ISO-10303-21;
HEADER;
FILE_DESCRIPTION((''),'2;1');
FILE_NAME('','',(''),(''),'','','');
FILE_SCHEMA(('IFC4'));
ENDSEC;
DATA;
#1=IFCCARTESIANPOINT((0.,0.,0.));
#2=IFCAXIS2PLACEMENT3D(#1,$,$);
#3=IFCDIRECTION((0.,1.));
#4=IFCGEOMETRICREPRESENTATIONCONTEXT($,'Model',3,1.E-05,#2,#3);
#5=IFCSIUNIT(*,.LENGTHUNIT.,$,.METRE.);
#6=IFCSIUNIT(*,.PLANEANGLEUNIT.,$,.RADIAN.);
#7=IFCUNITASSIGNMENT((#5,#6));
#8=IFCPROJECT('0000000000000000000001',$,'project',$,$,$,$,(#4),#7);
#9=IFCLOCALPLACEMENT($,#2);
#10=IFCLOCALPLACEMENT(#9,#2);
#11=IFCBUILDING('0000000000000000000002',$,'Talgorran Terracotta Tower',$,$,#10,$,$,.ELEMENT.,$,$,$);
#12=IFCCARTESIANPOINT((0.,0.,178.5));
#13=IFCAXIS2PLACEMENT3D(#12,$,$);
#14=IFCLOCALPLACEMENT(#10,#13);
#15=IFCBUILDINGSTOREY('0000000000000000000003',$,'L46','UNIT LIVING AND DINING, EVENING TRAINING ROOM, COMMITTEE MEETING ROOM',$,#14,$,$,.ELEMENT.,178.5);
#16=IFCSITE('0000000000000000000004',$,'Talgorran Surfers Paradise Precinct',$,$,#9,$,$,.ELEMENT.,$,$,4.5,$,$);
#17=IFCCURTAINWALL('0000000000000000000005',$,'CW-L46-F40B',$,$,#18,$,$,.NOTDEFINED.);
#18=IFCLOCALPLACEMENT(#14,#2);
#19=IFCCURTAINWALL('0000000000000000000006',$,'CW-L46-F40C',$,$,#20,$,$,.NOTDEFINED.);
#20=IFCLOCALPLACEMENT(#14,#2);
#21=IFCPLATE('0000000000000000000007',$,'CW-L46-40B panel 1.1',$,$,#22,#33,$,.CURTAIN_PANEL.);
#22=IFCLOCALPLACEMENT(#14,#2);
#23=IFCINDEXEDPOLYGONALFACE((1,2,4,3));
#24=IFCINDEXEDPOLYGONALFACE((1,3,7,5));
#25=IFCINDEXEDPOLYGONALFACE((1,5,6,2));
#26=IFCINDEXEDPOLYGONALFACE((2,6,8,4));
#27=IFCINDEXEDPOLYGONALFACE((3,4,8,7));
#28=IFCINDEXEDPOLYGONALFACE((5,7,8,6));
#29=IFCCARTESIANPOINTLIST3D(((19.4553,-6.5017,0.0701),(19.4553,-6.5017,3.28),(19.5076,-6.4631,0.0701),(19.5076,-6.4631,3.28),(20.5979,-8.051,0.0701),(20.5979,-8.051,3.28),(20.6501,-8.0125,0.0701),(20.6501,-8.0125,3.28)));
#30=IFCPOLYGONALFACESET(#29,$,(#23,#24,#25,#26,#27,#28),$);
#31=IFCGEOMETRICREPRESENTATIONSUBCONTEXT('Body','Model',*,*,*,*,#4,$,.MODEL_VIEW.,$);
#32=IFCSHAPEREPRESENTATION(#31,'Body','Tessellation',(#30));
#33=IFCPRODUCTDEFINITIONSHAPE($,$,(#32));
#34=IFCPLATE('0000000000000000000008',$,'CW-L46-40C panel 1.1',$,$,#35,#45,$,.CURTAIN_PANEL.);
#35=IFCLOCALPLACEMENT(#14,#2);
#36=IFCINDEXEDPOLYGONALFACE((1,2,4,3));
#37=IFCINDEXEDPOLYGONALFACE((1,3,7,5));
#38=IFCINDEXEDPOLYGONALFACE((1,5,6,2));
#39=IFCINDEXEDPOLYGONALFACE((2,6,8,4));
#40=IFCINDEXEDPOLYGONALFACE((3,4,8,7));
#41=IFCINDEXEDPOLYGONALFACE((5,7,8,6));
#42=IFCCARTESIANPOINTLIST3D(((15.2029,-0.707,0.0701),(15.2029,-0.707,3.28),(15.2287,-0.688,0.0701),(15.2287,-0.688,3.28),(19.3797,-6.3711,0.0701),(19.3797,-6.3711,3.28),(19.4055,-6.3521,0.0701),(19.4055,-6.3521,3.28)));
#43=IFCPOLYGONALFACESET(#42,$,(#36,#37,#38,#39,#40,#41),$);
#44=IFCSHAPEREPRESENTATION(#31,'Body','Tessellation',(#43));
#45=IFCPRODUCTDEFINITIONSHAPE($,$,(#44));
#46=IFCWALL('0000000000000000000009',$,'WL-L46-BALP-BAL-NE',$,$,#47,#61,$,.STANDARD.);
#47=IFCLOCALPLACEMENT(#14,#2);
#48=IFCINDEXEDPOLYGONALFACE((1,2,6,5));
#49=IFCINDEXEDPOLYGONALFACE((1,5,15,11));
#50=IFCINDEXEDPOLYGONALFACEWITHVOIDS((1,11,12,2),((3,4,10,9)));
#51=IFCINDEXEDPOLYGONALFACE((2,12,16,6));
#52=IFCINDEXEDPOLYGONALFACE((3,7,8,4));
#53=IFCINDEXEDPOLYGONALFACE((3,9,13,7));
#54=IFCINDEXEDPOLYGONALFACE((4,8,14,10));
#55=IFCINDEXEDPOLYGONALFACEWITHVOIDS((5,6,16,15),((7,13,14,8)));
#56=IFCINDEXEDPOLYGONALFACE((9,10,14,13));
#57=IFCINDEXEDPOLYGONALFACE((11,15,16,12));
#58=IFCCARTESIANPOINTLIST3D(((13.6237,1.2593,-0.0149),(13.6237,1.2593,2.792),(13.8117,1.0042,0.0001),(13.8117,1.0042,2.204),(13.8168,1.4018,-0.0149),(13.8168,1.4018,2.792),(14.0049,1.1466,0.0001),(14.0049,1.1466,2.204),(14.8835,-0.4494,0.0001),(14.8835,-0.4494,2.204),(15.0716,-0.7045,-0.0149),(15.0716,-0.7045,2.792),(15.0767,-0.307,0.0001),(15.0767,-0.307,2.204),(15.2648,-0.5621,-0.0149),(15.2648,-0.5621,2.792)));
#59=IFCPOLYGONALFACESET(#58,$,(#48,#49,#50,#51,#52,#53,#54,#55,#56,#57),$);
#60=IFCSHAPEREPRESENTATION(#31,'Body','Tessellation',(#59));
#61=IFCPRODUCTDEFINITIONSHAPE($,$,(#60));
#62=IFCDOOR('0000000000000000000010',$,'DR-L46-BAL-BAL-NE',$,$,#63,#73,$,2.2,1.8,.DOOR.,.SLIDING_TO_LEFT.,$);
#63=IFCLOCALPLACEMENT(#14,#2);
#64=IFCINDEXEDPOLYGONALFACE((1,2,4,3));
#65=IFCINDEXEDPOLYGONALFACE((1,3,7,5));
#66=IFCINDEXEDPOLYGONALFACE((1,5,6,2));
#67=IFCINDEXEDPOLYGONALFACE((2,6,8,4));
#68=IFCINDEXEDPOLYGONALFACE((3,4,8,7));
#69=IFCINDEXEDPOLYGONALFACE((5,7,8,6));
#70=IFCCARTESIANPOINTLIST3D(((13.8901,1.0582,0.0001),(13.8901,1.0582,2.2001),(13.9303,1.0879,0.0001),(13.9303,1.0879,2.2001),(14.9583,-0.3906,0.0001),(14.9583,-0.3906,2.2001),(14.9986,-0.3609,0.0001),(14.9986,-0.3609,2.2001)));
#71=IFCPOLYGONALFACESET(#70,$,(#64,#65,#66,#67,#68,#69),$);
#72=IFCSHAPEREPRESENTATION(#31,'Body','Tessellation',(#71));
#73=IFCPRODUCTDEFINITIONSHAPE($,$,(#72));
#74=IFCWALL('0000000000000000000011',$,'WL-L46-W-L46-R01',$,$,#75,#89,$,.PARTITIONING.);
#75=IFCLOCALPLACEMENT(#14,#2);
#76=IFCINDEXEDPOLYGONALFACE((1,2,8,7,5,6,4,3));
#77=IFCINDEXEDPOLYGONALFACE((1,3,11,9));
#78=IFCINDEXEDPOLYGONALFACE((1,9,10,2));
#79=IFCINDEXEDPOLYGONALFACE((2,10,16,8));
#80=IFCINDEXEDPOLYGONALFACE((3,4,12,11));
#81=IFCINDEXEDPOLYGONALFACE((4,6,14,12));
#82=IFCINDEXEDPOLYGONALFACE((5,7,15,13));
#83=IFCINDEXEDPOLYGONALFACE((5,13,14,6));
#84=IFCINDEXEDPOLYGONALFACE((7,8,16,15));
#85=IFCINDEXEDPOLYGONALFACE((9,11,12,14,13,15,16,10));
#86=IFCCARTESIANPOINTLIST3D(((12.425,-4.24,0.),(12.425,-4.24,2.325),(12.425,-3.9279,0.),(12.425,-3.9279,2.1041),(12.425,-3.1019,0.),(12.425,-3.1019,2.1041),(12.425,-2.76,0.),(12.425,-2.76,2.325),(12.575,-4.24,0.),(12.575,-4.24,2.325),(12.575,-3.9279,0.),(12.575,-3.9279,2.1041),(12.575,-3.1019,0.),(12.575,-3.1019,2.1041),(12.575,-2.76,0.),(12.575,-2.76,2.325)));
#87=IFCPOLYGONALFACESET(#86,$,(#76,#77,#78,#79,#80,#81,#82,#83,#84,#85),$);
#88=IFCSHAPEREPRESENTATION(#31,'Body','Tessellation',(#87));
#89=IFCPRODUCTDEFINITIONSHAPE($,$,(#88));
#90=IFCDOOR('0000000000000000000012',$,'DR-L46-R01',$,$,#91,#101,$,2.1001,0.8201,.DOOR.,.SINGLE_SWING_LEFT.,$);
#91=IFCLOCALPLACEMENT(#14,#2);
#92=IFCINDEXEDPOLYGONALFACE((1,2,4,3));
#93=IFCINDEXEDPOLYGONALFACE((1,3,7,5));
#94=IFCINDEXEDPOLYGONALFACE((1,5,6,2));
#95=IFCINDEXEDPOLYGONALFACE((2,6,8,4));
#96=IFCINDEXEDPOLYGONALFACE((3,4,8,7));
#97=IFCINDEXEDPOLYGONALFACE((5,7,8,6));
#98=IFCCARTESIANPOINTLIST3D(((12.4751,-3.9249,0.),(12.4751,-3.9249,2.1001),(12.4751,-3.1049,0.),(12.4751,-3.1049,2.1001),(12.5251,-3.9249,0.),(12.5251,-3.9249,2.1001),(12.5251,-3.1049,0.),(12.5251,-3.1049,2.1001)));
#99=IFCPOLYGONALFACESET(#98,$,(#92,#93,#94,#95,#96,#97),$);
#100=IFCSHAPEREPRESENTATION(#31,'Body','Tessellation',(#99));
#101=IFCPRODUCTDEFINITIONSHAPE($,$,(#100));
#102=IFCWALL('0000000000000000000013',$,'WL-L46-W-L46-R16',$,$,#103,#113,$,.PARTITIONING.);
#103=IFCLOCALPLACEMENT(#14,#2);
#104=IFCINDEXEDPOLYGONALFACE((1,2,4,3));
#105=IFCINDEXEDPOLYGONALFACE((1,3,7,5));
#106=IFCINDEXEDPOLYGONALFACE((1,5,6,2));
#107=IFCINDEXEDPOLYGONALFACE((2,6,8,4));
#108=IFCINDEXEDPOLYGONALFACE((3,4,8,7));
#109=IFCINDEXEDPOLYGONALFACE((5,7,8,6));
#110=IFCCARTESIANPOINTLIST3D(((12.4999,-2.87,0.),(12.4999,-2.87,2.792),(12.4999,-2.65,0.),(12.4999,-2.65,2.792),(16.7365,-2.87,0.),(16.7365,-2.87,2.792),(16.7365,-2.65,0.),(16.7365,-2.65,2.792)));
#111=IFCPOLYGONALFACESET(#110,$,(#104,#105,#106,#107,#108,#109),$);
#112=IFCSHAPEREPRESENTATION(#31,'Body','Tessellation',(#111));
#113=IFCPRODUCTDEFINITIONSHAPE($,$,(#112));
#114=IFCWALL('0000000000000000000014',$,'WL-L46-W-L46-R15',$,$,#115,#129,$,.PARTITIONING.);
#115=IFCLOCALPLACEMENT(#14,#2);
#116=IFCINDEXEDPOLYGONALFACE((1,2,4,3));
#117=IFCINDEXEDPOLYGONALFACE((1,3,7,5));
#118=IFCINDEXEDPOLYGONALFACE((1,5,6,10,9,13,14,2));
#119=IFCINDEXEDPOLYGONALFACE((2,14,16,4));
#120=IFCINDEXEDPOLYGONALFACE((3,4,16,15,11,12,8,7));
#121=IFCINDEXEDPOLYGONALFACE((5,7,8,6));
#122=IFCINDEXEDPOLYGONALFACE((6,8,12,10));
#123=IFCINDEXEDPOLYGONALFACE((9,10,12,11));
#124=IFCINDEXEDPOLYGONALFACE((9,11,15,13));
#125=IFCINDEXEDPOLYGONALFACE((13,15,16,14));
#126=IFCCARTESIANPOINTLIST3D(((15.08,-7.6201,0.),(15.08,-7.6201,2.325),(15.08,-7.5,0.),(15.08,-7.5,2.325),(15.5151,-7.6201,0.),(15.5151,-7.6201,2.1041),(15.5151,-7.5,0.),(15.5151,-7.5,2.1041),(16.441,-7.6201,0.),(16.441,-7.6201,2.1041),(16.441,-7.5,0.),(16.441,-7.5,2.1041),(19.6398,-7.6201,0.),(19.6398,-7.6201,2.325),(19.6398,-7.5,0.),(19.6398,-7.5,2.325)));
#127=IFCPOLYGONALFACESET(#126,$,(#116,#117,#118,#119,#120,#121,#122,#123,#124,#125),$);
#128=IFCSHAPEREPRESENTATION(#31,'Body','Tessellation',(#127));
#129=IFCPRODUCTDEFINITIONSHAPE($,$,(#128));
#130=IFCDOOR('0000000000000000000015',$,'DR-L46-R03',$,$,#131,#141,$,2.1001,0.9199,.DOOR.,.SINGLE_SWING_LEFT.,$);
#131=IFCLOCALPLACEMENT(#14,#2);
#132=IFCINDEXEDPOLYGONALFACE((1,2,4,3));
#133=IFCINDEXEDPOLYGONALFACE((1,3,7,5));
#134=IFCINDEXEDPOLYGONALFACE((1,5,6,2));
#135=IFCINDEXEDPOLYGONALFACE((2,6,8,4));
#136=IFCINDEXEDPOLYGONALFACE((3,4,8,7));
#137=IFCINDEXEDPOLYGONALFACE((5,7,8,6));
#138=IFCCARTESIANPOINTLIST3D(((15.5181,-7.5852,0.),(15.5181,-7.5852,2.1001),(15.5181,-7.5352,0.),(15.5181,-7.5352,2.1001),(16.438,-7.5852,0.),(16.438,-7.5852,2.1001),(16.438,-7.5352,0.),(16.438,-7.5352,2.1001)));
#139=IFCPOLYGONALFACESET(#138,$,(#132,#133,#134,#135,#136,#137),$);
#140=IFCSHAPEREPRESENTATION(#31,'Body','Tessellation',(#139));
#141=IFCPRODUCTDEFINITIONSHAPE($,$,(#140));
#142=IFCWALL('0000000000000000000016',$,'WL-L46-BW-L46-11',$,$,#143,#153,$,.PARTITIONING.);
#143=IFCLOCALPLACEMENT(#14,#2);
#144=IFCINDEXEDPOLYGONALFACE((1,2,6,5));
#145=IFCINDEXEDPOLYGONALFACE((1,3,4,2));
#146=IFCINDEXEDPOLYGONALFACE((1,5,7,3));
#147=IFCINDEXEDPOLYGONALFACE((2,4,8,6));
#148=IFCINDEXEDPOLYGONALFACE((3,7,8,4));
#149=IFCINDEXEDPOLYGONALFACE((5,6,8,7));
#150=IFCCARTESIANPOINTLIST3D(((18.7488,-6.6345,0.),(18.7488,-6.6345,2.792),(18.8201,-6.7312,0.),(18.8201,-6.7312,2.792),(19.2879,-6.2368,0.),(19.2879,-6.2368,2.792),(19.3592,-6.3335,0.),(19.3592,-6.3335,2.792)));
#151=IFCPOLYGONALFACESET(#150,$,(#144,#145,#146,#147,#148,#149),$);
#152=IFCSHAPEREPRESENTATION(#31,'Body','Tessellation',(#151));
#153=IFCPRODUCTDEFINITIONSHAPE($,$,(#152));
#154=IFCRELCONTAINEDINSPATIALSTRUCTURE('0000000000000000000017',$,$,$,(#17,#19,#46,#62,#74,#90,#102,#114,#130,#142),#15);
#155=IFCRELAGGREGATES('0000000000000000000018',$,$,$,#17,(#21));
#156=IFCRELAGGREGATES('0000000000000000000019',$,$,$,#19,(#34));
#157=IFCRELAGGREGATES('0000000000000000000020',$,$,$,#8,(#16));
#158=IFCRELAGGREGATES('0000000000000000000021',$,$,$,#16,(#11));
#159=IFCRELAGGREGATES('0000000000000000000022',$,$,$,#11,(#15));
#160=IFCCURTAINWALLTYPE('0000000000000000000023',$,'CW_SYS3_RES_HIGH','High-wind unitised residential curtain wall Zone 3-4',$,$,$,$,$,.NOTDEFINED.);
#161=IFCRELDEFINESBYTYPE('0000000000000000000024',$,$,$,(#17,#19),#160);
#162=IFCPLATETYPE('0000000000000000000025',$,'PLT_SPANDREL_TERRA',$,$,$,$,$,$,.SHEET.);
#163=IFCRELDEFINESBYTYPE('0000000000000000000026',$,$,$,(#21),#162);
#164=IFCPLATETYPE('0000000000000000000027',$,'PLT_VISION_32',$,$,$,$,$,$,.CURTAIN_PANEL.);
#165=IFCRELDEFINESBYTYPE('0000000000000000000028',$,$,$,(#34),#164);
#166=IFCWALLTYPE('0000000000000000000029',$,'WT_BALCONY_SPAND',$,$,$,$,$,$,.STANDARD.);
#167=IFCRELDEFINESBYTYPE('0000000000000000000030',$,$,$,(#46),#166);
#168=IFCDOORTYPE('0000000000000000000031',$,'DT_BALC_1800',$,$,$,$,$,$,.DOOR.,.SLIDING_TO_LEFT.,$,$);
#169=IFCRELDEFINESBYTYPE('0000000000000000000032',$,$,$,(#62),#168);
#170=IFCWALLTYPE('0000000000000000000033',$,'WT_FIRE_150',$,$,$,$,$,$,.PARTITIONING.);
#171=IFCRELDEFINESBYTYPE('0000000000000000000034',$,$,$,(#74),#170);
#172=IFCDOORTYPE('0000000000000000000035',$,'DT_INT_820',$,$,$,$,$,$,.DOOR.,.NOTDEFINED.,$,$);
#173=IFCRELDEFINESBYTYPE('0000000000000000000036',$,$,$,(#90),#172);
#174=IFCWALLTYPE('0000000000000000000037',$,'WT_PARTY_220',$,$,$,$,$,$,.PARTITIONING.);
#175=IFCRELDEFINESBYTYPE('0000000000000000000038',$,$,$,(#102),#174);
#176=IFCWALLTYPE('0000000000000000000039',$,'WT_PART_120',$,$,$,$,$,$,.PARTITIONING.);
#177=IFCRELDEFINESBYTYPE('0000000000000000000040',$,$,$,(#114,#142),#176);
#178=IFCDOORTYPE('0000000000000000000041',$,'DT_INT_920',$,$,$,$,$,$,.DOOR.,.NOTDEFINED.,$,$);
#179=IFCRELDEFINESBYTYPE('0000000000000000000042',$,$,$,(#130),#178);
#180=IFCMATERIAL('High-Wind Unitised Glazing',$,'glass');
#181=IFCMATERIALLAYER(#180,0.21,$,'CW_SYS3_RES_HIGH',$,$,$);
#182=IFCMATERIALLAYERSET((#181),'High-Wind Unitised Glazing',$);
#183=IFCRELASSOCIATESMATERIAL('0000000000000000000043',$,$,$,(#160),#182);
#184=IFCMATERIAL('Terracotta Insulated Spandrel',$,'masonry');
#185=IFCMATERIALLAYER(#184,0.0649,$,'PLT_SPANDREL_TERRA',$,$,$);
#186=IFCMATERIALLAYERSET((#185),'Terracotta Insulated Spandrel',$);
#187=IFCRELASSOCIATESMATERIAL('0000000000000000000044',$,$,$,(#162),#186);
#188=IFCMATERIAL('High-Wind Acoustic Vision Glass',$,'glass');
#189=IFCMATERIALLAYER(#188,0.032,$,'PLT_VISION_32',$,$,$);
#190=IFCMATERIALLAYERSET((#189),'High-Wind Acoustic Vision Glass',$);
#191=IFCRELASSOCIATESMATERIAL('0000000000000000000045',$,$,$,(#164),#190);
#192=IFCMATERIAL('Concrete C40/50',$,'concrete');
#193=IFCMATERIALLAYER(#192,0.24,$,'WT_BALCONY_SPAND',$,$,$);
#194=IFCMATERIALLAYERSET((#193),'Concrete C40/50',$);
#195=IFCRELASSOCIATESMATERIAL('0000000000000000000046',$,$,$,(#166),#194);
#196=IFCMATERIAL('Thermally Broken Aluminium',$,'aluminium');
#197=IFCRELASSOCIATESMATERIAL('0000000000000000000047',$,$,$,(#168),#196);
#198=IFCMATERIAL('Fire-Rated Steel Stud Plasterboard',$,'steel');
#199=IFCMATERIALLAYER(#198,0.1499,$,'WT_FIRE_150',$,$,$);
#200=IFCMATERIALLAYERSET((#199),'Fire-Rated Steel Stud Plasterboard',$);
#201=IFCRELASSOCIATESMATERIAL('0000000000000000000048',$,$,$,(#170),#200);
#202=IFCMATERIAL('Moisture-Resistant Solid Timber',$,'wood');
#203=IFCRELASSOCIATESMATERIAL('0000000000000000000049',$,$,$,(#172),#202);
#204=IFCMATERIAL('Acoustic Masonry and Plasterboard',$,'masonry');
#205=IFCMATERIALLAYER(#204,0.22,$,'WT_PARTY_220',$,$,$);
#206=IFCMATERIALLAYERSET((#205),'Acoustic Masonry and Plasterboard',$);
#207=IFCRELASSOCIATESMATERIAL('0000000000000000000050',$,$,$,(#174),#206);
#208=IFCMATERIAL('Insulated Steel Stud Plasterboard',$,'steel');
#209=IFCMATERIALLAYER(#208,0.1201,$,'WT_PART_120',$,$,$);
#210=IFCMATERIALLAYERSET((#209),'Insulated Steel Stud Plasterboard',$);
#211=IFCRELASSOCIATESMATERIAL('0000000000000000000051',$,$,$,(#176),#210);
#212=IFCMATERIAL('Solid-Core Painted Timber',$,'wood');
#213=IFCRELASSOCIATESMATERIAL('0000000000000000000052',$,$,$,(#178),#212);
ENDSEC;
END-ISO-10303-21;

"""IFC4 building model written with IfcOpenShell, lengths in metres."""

from ifc_helpers import new_model, si_unit, direction, frame, frame_2d, origin, origin_2d, place, context, subcontext, project, spatial, rectangle, extrude, source, transform, mapped, material, layer, layer_set, type_object, type_shapes, element, fill, aggregate, save


model = new_model("IFC4")

# Units and contexts
model_context = context("Model", 3, precision=1e-05, world=origin(), true_north=direction((0.0, 1.0)))
body_context = subcontext(model_context, "Body", "Model", "MODEL_VIEW")
ifc_project = project(units=[si_unit("LENGTHUNIT", "METRE"), si_unit("PLANEANGLEUNIT", "RADIAN")], contexts=[model_context])

# Site, building, storey
site_placement = place(None, origin())
site = spatial("IfcSite", under=ifc_project, at=site_placement, Name="Talgorran Surfers Paradise Precinct", CompositionType="ELEMENT", RefElevation=4.5)
building_placement = place(site_placement, origin())
building = spatial("IfcBuilding", under=site, at=building_placement, Name="Talgorran Terracotta Tower", CompositionType="ELEMENT")
storey_placement = place(building_placement, frame((0.0, 0.0, 178.5)))
storey = spatial("IfcBuildingStorey", under=building, at=storey_placement, Name="L46", Description="UNIT LIVING AND DINING, EVENING TRAINING ROOM, COMMITTEE MEETING ROOM", CompositionType="ELEMENT", Elevation=178.5)

# Curtain wall
ifc_material_1 = material(Name="High-Wind Unitised Glazing", Category="glass")
ifc_layer_1 = layer(ifc_material_1, 0.21, Name="CW_SYS3_RES_HIGH")
ifc_layer_set_1 = layer_set([ifc_layer_1], Name="High-Wind Unitised Glazing")
curtain_wall_type = type_object("IfcCurtainWallType", Name="CW_SYS3_RES_HIGH", Description="High-wind unitised residential curtain wall Zone 3-4", PredefinedType="NOTDEFINED", material=ifc_layer_set_1)
curtain_wall_1_placement = place(storey_placement, origin())
curtain_wall_1 = element("IfcCurtainWall", 1, at=curtain_wall_1_placement, inside=storey, type_object=curtain_wall_type, Name="CW-L46-F40B", PredefinedType="NOTDEFINED")

# Curtain wall
curtain_wall_2_placement = place(storey_placement, origin())
curtain_wall_2 = element("IfcCurtainWall", 2, at=curtain_wall_2_placement, inside=storey, type_object=curtain_wall_type, Name="CW-L46-F40C", PredefinedType="NOTDEFINED")

# Plates
ifc_material_2 = material(Name="Terracotta Insulated Spandrel", Category="masonry")
ifc_layer_2 = layer(ifc_material_2, 0.0649, Name="PLT_SPANDREL_TERRA")
ifc_layer_set_2 = layer_set([ifc_layer_2], Name="Terracotta Insulated Spandrel")
plate_type_1 = type_object("IfcPlateType", Name="PLT_SPANDREL_TERRA", PredefinedType="SHEET", material=ifc_layer_set_2)
shared_shape_1 = source(origin(), body_context, "Body", "SweptSolid", [
    extrude(rectangle(XDim=1.925, YDim=0.0649, at=origin_2d()), origin(), (0.0, 0.0, 1.0), 3.21),
])
type_shapes(plate_type_1, [shared_shape_1])
plate_1_placement = place(storey_placement, frame((20.0527, -7.2571, 0.0701), z_axis=(0.0, 0.0, 1.0), x_axis=(-0.593511, 0.804826, 0.0)))
plate_1 = element("IfcPlate", 3, at=plate_1_placement, type_object=plate_type_1, Name="CW-L46-40B panel 1.1", PredefinedType="CURTAIN_PANEL", context=body_context, shape_type="MappedRepresentation", body=[
    mapped(shared_shape_1, transform((0.0, 0.0, 0.0), scale=1.0)),
])
aggregate(curtain_wall_1, [plate_1])
ifc_material_3 = material(Name="High-Wind Acoustic Vision Glass", Category="glass")
ifc_layer_3 = layer(ifc_material_3, 0.032, Name="PLT_VISION_32")
ifc_layer_set_3 = layer_set([ifc_layer_3], Name="High-Wind Acoustic Vision Glass")
plate_type_2 = type_object("IfcPlateType", Name="PLT_VISION_32", PredefinedType="CURTAIN_PANEL", material=ifc_layer_set_3)
shared_shape_2 = source(origin(), body_context, "Body", "SweptSolid", [
    extrude(rectangle(XDim=7.0376, YDim=0.032, at=origin_2d()), origin(), (0.0, 0.0, 1.0), 3.21),
])
type_shapes(plate_type_2, [shared_shape_2])
plate_2_placement = place(storey_placement, frame((17.3042, -3.5295, 0.0701), z_axis=(0.0, 0.0, 1.0), x_axis=(-0.593496, 0.804837, 0.0)))
plate_2 = element("IfcPlate", 4, at=plate_2_placement, type_object=plate_type_2, Name="CW-L46-40C panel 1.1", PredefinedType="CURTAIN_PANEL", context=body_context, shape_type="MappedRepresentation", body=[
    mapped(shared_shape_2, transform((0.0, 0.0, 0.0), scale=1.0)),
])
aggregate(curtain_wall_2, [plate_2])

# Walls, openings, doors
ifc_material_4 = material(Name="Concrete C40/50", Category="concrete")
ifc_layer_4 = layer(ifc_material_4, 0.24, Name="WT_BALCONY_SPAND")
ifc_layer_set_4 = layer_set([ifc_layer_4], Name="Concrete C40/50")
wall_type_1 = type_object("IfcWallType", Name="WT_BALCONY_SPAND", PredefinedType="STANDARD", material=ifc_layer_set_4)
wall_1_placement = place(storey_placement, frame((15.1682, -0.6333, -0.0149), z_axis=(0.0, 0.0, 1.0), x_axis=(-0.593448, 0.804872, 0.0)))
wall_1 = element("IfcWall", 5, at=wall_1_placement, inside=storey, type_object=wall_type_1, Name="WL-L46-BALP-BAL-NE", PredefinedType="STANDARD", context=body_context, shape_type="SweptSolid", body=[
    extrude(rectangle(XDim=2.4399, YDim=0.24, at=frame_2d((1.22, 0.0))), origin(), (0.0, 0.0, 1.0), 2.8069),
])
opening_1_placement = place(wall_1_placement, frame((0.3201, 0.0, 0.0149)))
opening_1 = element("IfcOpeningElement", 6, at=opening_1_placement, cuts=wall_1, PredefinedType="OPENING", context=body_context, shape_type="SweptSolid", body=[
    extrude(rectangle(XDim=1.806, YDim=2.204, at=frame_2d((0.8999, 1.1021))), frame((0.0, 0.1299, 0.0), z_axis=(0.0, -1.0, 0.0), x_axis=(1.0, 0.0, 0.0)), (0.0, 0.0, 1.0), 0.26),
])
ifc_material_5 = material(Name="Thermally Broken Aluminium", Category="aluminium")
door_type_1 = type_object("IfcDoorType", Name="DT_BALC_1800", OperationType="SLIDING_TO_LEFT", PredefinedType="DOOR", material=ifc_material_5)
door_1_placement = place(opening_1_placement, origin())
door_1 = element("IfcDoor", 7, at=door_1_placement, inside=storey, type_object=door_type_1, Name="DR-L46-BAL-BAL-NE", OperationType="SLIDING_TO_LEFT", OverallHeight=2.2, OverallWidth=1.8, PredefinedType="DOOR", context=body_context, shape_type="SweptSolid", body=[
    extrude(rectangle(XDim=1.8, YDim=2.2, at=frame_2d((0.8999, 1.1001))), frame((0.0, 0.0249, 0.0), z_axis=(0.0, -1.0, 0.0), x_axis=(1.0, 0.0, 0.0)), (0.0, 0.0, 1.0), 0.05),
])
fill(opening_1, door_1)
ifc_material_6 = material(Name="Fire-Rated Steel Stud Plasterboard", Category="steel")
ifc_layer_5 = layer(ifc_material_6, 0.1499, Name="WT_FIRE_150")
ifc_layer_set_5 = layer_set([ifc_layer_5], Name="Fire-Rated Steel Stud Plasterboard")
wall_type_2 = type_object("IfcWallType", Name="WT_FIRE_150", PredefinedType="PARTITIONING", material=ifc_layer_set_5)
wall_2_placement = place(storey_placement, frame((12.5, -4.24, 0.0), z_axis=(0.0, 0.0, 1.0), x_axis=(0.0, 1.0, 0.0)))
wall_2 = element("IfcWall", 8, at=wall_2_placement, inside=storey, type_object=wall_type_2, Name="WL-L46-W-L46-R01", PredefinedType="PARTITIONING", context=body_context, shape_type="SweptSolid", body=[
    extrude(rectangle(XDim=1.48, YDim=0.1499, at=frame_2d((0.74, 0.0))), origin(), (0.0, 0.0, 1.0), 2.325),
])
opening_2_placement = place(wall_2_placement, frame((0.3149, 0.0, 0.0)))
opening_2 = element("IfcOpeningElement", 9, at=opening_2_placement, cuts=wall_2, PredefinedType="OPENING", context=body_context, shape_type="SweptSolid", body=[
    extrude(rectangle(XDim=0.8261, YDim=2.1041, at=frame_2d((0.4102, 1.052))), frame((0.0, 0.085, 0.0), z_axis=(0.0, -1.0, 0.0), x_axis=(1.0, 0.0, 0.0)), (0.0, 0.0, 1.0), 0.1699),
])
ifc_material_7 = material(Name="Moisture-Resistant Solid Timber", Category="wood")
door_type_2 = type_object("IfcDoorType", Name="DT_INT_820", OperationType="NOTDEFINED", PredefinedType="DOOR", material=ifc_material_7)
door_2_placement = place(opening_2_placement, origin())
door_2 = element("IfcDoor", 10, at=door_2_placement, inside=storey, type_object=door_type_2, Name="DR-L46-R01", OperationType="SINGLE_SWING_LEFT", OverallHeight=2.1001, OverallWidth=0.8201, PredefinedType="DOOR", context=body_context, shape_type="SweptSolid", body=[
    extrude(rectangle(XDim=0.8201, YDim=2.1001, at=frame_2d((0.4102, 1.05))), frame((0.0, 0.0249, 0.0), z_axis=(0.0, -1.0, 0.0), x_axis=(1.0, 0.0, 0.0)), (0.0, 0.0, 1.0), 0.05),
])
fill(opening_2, door_2)

# Wall
ifc_material_8 = material(Name="Acoustic Masonry and Plasterboard", Category="masonry")
ifc_layer_6 = layer(ifc_material_8, 0.22, Name="WT_PARTY_220")
ifc_layer_set_6 = layer_set([ifc_layer_6], Name="Acoustic Masonry and Plasterboard")
wall_type_3 = type_object("IfcWallType", Name="WT_PARTY_220", PredefinedType="PARTITIONING", material=ifc_layer_set_6)
wall_3_placement = place(storey_placement, frame((12.5, -2.76, 0.0), z_axis=(0.0, 0.0, 1.0), x_axis=(1.0, 0.0, 0.0)))
element("IfcWall", 11, at=wall_3_placement, inside=storey, type_object=wall_type_3, Name="WL-L46-W-L46-R16", PredefinedType="PARTITIONING", context=body_context, shape_type="SweptSolid", body=[
    extrude(rectangle(XDim=4.2366, YDim=0.22, at=frame_2d((2.1182, 0.0))), origin(), (0.0, 0.0, 1.0), 2.792),
])

# Wall, opening, door
ifc_material_9 = material(Name="Insulated Steel Stud Plasterboard", Category="steel")
ifc_layer_7 = layer(ifc_material_9, 0.1201, Name="WT_PART_120")
ifc_layer_set_7 = layer_set([ifc_layer_7], Name="Insulated Steel Stud Plasterboard")
wall_type_4 = type_object("IfcWallType", Name="WT_PART_120", PredefinedType="PARTITIONING", material=ifc_layer_set_7)
wall_4_placement = place(storey_placement, frame((15.0801, -7.5601, 0.0), z_axis=(0.0, 0.0, 1.0), x_axis=(1.0, 0.0, 0.0)))
wall_4 = element("IfcWall", 12, at=wall_4_placement, inside=storey, type_object=wall_type_4, Name="WL-L46-W-L46-R15", PredefinedType="PARTITIONING", context=body_context, shape_type="SweptSolid", body=[
    extrude(rectangle(XDim=4.5598, YDim=0.1201, at=frame_2d((2.2798, 0.0))), origin(), (0.0, 0.0, 1.0), 2.325),
])
opening_3_placement = place(wall_4_placement, frame((0.438, 0.0, 0.0)))
opening_3 = element("IfcOpeningElement", 13, at=opening_3_placement, cuts=wall_4, PredefinedType="OPENING", context=body_context, shape_type="SweptSolid", body=[
    extrude(rectangle(XDim=0.9259, YDim=2.1041, at=frame_2d((0.46, 1.052))), frame((0.0, 0.0701, 0.0), z_axis=(0.0, -1.0, 0.0), x_axis=(1.0, 0.0, 0.0)), (0.0, 0.0, 1.0), 0.1401),
])
ifc_material_10 = material(Name="Solid-Core Painted Timber", Category="wood")
door_type_3 = type_object("IfcDoorType", Name="DT_INT_920", OperationType="NOTDEFINED", PredefinedType="DOOR", material=ifc_material_10)
door_3_placement = place(opening_3_placement, origin())
door_3 = element("IfcDoor", 14, at=door_3_placement, inside=storey, type_object=door_type_3, Name="DR-L46-R03", OperationType="SINGLE_SWING_LEFT", OverallHeight=2.1001, OverallWidth=0.9199, PredefinedType="DOOR", context=body_context, shape_type="SweptSolid", body=[
    extrude(rectangle(XDim=0.9199, YDim=2.1001, at=frame_2d((0.46, 1.05))), frame((0.0, 0.0249, 0.0), z_axis=(0.0, -1.0, 0.0), x_axis=(1.0, 0.0, 0.0)), (0.0, 0.0, 1.0), 0.05),
])
fill(opening_3, door_3)

# Wall
wall_5_placement = place(storey_placement, frame((18.7844, -6.6829, 0.0), z_axis=(0.0, 0.0, 1.0), x_axis=(0.804698, 0.593684, 0.0)))
element("IfcWall", 15, at=wall_5_placement, inside=storey, type_object=wall_type_4, Name="WL-L46-BW-L46-11", PredefinedType="PARTITIONING", context=body_context, shape_type="SweptSolid", body=[
    extrude(rectangle(XDim=0.6699, YDim=0.1201, at=frame_2d((0.335, 0.0))), origin(), (0.0, 0.0, 1.0), 2.792),
])

save(model, "model.ifc")
